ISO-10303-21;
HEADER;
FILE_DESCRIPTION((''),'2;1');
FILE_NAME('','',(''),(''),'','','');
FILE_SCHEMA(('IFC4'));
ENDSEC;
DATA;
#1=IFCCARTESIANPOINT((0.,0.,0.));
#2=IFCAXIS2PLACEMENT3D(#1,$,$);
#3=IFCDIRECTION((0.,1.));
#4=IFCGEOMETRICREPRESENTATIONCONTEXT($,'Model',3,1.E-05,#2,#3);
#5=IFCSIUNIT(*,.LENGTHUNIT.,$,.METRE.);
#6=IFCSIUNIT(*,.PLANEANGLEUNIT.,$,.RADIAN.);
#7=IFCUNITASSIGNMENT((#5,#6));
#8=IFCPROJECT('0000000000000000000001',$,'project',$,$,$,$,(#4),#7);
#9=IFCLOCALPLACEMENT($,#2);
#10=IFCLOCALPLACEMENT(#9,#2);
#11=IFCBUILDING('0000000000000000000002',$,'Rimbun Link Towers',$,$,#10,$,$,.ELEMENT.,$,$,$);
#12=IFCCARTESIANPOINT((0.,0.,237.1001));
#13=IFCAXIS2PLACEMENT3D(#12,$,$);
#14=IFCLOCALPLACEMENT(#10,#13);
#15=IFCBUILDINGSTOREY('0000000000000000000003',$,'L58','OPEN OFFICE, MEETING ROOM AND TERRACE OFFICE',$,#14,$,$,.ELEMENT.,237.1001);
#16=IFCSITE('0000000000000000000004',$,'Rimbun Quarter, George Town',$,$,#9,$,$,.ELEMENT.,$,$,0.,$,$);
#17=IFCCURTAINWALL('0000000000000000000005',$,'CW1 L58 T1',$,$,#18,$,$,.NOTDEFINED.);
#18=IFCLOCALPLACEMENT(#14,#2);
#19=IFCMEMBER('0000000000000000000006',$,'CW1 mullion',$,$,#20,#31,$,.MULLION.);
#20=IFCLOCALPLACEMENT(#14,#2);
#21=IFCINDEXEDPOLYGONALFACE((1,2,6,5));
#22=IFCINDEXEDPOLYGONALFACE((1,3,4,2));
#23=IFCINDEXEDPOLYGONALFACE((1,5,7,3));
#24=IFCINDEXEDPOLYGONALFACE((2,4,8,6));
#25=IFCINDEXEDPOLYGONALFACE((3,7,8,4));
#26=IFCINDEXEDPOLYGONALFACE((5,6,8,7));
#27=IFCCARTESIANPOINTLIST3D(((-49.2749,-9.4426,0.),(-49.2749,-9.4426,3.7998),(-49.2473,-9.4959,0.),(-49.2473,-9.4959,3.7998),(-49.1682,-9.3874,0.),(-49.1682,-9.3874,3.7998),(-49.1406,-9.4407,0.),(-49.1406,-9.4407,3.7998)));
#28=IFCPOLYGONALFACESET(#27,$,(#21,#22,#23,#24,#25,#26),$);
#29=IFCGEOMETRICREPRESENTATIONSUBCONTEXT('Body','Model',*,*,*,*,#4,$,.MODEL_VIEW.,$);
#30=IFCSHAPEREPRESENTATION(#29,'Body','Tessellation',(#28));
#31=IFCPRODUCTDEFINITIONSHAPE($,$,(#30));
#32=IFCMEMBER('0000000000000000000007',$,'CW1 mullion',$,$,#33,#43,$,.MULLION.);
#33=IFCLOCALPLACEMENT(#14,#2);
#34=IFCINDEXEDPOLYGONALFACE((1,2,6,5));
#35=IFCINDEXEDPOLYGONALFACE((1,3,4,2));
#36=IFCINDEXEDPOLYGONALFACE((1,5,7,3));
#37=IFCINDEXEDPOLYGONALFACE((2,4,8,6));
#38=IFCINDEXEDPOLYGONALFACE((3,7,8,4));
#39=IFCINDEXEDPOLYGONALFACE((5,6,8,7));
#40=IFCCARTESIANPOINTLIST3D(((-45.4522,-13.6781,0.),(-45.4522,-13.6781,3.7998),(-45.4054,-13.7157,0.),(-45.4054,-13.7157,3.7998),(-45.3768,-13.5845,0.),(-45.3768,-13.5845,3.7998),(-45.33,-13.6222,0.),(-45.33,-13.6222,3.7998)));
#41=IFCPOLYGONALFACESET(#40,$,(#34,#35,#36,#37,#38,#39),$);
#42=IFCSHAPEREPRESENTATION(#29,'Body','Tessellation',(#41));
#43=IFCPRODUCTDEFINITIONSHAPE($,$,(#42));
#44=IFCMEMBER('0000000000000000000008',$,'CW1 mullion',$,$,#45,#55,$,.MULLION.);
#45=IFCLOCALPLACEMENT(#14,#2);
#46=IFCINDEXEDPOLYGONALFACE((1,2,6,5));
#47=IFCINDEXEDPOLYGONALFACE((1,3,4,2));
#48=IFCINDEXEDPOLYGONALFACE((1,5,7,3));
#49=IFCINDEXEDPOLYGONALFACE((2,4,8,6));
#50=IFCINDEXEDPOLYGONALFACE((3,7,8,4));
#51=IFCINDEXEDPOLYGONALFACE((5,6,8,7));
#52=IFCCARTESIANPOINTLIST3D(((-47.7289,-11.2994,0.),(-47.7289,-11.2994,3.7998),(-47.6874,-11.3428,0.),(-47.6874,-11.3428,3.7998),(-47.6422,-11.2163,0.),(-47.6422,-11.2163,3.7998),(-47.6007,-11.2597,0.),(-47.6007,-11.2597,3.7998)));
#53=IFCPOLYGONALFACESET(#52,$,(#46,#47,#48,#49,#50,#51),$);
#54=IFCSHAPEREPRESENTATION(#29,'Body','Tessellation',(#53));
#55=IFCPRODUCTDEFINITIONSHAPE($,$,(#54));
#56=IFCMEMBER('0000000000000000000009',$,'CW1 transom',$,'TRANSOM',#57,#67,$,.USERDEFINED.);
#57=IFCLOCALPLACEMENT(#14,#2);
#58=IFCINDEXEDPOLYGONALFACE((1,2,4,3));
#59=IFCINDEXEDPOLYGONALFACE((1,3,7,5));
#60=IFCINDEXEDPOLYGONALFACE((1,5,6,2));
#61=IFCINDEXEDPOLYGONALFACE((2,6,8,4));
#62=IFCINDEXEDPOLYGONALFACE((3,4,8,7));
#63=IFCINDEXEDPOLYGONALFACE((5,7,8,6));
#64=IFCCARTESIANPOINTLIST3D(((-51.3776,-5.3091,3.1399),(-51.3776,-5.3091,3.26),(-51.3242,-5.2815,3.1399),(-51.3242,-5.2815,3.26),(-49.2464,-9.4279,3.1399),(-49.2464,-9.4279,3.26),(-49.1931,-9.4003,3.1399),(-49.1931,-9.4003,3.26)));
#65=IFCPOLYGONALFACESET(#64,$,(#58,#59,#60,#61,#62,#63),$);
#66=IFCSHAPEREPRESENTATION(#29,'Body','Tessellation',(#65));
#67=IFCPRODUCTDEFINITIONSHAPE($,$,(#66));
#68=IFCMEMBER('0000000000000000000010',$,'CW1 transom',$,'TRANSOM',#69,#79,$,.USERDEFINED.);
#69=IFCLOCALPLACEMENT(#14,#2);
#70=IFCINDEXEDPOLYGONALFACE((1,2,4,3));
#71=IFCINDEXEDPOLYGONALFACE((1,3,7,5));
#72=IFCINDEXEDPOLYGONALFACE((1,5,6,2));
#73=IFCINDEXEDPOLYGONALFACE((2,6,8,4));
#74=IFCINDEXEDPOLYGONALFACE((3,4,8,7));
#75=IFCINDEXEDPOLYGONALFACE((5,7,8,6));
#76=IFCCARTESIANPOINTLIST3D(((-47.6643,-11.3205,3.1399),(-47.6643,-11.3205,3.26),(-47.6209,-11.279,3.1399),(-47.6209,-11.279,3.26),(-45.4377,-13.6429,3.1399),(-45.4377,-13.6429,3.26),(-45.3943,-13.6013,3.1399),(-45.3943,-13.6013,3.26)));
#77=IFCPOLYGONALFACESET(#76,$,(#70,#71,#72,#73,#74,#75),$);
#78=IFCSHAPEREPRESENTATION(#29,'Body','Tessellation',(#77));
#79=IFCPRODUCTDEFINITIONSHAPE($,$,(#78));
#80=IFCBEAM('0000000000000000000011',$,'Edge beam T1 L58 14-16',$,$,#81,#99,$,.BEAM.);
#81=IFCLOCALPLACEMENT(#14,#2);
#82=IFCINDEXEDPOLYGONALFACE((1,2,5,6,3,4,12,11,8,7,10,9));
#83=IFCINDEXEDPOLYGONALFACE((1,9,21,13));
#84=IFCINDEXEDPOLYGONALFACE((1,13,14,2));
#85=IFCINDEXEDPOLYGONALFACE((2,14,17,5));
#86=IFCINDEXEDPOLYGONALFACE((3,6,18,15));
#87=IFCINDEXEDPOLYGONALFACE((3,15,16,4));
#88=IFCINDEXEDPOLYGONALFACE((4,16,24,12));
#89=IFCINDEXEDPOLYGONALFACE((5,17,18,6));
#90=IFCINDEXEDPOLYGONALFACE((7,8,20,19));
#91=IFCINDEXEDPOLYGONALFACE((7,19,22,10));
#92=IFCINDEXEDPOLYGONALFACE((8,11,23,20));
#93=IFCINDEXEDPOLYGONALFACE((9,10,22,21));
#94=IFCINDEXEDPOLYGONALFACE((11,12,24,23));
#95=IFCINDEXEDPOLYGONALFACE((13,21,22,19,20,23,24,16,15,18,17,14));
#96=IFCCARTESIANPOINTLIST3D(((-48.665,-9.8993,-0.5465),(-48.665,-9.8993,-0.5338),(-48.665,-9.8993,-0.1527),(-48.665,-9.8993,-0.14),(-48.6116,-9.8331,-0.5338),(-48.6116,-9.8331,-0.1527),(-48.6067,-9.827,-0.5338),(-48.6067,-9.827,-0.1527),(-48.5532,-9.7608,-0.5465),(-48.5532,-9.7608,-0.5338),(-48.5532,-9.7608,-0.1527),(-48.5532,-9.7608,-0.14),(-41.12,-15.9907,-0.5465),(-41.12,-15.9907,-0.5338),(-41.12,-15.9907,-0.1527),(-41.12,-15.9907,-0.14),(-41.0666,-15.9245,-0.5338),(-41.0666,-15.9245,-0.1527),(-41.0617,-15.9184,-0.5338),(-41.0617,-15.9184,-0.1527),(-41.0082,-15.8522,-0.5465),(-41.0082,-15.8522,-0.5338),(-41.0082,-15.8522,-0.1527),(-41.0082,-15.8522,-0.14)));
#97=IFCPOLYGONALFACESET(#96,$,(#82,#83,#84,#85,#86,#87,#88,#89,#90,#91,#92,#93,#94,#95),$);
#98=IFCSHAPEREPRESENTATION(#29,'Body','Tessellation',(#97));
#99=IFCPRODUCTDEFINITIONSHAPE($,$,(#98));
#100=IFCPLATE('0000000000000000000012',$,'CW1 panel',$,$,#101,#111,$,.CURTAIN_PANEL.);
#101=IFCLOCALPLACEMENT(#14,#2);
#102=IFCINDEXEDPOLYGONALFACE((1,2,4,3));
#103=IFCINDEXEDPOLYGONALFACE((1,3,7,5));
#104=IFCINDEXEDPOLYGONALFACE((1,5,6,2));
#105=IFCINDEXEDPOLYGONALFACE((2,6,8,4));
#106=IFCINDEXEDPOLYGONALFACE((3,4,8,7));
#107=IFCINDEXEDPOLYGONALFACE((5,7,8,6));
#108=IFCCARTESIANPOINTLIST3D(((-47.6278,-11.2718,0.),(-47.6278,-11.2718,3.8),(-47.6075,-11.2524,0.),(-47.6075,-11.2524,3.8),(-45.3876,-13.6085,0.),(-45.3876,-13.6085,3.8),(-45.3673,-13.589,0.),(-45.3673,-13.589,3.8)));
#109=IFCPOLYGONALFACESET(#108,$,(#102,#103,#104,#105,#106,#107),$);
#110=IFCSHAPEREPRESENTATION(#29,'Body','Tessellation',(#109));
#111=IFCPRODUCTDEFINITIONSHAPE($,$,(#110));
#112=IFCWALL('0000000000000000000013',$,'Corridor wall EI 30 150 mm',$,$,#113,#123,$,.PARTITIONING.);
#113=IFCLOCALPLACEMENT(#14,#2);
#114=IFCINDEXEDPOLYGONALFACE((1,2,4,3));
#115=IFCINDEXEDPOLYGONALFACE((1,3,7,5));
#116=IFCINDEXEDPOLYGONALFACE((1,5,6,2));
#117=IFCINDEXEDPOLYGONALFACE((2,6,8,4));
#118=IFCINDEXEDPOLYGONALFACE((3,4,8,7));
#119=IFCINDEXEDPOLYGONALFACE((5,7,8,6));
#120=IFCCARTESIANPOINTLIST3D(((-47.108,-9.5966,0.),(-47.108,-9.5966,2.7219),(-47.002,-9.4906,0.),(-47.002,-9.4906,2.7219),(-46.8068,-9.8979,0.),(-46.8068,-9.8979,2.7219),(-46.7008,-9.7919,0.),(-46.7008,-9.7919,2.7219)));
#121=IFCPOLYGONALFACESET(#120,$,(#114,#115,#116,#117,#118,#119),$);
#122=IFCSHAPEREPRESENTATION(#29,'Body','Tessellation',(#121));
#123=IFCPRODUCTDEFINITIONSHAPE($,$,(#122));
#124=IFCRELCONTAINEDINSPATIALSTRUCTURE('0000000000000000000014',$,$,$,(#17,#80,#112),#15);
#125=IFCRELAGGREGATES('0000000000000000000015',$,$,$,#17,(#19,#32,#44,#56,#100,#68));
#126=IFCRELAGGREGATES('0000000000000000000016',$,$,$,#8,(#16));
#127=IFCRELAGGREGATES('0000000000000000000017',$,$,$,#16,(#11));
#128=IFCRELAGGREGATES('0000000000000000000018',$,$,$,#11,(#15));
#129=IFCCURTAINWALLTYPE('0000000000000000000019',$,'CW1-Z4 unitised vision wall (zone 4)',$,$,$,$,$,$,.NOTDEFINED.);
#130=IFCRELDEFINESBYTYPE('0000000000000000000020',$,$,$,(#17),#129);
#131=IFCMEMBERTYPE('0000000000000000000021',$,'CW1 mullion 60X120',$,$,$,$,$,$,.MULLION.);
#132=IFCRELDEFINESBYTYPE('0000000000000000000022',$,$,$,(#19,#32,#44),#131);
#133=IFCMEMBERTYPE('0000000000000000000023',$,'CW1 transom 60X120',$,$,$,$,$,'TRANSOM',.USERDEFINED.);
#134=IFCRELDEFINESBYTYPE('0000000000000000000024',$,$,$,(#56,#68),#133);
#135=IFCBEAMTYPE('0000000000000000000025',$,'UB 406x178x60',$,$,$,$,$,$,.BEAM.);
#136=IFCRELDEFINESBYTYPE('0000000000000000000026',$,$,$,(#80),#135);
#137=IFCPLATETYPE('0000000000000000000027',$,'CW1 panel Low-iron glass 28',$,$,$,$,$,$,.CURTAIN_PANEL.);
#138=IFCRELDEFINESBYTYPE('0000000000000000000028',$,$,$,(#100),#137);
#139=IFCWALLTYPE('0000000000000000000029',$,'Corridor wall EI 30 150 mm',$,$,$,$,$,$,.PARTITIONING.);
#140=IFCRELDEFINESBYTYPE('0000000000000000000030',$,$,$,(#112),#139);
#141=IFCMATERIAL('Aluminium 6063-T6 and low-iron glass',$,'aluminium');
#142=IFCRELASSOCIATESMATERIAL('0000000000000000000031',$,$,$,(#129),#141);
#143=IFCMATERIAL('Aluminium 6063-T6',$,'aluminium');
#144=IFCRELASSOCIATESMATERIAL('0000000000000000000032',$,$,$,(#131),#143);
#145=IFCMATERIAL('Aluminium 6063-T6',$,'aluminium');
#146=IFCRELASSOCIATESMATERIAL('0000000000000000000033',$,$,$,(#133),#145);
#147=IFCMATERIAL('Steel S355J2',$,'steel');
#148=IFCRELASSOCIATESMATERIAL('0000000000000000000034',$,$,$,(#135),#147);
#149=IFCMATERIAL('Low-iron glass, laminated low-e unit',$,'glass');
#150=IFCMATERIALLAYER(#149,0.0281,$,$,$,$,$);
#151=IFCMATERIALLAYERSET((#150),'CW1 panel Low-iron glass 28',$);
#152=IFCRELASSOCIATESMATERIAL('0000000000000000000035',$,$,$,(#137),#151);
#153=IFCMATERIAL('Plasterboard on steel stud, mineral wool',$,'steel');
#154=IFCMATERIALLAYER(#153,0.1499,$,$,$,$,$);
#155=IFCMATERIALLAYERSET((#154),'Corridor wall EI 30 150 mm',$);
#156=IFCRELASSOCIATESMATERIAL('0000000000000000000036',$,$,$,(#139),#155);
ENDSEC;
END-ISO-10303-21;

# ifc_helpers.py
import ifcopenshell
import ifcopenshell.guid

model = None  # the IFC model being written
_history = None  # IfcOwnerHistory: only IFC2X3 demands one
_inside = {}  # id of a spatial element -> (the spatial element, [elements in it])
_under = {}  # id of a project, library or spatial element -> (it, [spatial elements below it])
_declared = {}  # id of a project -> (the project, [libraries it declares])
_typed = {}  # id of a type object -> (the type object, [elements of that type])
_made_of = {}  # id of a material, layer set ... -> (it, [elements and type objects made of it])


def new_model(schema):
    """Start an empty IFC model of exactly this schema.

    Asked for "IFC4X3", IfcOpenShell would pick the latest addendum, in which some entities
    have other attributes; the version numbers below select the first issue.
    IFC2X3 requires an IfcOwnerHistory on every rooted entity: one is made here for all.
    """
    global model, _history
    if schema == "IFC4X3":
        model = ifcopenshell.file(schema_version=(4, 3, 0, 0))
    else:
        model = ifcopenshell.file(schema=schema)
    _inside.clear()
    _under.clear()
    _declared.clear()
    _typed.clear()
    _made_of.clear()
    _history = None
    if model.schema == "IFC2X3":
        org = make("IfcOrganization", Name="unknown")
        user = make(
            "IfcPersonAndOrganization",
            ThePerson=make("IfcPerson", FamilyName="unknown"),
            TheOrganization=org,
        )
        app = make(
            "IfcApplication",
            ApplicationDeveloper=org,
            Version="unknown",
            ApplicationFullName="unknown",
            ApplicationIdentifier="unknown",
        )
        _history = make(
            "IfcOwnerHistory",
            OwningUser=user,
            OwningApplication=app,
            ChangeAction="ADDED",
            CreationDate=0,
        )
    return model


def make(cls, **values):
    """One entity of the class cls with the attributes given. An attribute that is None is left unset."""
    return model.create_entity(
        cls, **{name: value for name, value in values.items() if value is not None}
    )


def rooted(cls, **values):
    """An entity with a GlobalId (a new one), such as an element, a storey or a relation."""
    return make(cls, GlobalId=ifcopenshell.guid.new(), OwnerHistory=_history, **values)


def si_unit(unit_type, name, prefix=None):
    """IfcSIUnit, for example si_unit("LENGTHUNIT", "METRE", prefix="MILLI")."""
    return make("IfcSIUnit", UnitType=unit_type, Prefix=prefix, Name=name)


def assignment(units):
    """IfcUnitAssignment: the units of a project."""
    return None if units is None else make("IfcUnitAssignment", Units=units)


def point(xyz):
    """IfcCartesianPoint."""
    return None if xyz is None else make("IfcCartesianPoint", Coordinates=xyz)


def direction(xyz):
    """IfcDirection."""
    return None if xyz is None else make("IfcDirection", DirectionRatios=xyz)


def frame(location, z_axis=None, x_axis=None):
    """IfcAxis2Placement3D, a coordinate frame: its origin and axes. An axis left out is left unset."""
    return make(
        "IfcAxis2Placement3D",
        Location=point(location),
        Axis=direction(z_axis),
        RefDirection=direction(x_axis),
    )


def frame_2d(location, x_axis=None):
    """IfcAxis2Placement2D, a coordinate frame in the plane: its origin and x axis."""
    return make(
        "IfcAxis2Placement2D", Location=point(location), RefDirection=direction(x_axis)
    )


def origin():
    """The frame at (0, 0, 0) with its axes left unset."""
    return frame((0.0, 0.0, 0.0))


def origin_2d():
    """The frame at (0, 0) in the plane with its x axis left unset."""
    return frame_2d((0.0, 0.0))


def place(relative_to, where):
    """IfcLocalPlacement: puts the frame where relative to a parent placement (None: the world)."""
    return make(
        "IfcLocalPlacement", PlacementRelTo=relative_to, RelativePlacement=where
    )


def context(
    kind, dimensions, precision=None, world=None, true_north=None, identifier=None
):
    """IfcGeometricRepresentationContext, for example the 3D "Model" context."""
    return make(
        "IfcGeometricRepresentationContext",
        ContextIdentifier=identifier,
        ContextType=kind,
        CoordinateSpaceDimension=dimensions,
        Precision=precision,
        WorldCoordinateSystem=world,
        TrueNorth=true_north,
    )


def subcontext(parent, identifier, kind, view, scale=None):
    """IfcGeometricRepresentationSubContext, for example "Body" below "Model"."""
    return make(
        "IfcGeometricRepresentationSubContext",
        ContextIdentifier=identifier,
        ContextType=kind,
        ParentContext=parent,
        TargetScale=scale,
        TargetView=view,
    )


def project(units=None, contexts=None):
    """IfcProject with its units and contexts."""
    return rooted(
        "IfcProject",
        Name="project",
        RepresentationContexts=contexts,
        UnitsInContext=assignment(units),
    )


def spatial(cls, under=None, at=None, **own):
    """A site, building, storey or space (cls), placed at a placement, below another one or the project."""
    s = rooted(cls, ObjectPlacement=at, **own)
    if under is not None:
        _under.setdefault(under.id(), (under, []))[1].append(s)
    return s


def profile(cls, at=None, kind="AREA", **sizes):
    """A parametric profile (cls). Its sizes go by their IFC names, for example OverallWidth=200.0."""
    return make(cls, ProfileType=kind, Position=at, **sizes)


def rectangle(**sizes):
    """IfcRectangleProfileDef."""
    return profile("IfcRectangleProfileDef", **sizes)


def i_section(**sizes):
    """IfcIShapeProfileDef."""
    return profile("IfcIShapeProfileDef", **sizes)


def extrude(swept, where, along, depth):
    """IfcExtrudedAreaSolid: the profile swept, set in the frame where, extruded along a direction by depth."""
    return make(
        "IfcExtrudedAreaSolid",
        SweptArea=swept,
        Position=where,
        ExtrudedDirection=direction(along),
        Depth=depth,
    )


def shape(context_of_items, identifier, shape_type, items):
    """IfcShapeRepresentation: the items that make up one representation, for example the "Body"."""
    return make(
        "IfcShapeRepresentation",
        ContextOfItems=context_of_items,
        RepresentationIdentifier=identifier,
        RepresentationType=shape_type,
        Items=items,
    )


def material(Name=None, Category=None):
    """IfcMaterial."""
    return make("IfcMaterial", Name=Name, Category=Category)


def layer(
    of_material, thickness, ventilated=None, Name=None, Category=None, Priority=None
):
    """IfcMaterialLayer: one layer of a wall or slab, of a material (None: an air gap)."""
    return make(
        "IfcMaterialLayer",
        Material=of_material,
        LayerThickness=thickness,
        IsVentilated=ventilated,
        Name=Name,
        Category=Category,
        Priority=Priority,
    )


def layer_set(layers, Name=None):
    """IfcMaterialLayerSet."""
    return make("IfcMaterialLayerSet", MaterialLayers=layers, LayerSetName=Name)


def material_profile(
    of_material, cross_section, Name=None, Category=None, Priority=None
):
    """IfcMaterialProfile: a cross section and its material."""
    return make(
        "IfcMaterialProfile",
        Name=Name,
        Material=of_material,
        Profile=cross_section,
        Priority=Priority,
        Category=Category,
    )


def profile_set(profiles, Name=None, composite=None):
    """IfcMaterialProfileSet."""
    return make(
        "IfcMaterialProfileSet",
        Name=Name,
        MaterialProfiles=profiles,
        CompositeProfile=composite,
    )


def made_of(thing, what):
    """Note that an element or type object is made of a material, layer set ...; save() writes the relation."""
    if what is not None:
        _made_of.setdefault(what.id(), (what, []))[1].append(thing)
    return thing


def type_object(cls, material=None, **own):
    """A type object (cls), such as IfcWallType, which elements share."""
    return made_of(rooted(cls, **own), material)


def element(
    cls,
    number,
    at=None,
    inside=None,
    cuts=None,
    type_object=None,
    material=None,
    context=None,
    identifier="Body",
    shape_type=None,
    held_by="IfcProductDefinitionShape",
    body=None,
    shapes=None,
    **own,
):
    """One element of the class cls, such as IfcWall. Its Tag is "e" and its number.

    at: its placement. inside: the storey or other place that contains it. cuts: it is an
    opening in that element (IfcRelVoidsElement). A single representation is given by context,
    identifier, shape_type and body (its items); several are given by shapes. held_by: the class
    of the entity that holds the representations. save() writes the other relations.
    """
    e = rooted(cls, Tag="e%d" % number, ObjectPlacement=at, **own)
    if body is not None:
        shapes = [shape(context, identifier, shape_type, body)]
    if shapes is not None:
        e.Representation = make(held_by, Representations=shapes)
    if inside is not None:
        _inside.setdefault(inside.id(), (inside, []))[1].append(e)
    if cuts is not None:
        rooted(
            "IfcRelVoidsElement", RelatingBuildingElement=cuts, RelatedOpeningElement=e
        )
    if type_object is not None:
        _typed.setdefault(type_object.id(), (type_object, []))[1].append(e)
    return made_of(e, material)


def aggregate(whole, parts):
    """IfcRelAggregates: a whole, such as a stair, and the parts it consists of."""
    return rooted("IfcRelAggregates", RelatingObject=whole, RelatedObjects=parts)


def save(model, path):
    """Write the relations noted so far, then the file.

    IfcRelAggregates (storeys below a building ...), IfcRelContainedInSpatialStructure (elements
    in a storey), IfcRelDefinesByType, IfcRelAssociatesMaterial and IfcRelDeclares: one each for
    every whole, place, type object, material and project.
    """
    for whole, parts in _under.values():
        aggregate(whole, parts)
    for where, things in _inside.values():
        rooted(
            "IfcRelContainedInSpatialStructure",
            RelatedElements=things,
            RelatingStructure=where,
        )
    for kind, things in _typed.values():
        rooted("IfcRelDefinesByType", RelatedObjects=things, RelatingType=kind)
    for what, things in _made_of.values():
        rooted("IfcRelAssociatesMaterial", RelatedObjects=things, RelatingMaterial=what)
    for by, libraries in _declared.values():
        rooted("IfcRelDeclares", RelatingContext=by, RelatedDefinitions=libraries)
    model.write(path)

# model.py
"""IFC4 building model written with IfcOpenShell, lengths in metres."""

from ifc_helpers import new_model, si_unit, direction, frame, frame_2d, origin, origin_2d, place, context, subcontext, project, spatial, rectangle, i_section, extrude, material, layer, layer_set, material_profile, profile_set, type_object, element, aggregate, save


model = new_model("IFC4")

# Units and contexts
model_context = context("Model", 3, precision=1e-05, world=origin(), true_north=direction((0.0, 1.0)))
body_context = subcontext(model_context, "Body", "Model", "MODEL_VIEW")
ifc_project = project(units=[si_unit("LENGTHUNIT", "METRE"), si_unit("PLANEANGLEUNIT", "RADIAN")], contexts=[model_context])

# Site, building, storey
site_placement = place(None, origin())
site = spatial("IfcSite", under=ifc_project, at=site_placement, Name="Rimbun Quarter, George Town", CompositionType="ELEMENT", RefElevation=0.0)
building_placement = place(site_placement, origin())
building = spatial("IfcBuilding", under=site, at=building_placement, Name="Rimbun Link Towers", CompositionType="ELEMENT")
storey_placement = place(building_placement, frame((0.0, 0.0, 237.1001)))
storey = spatial("IfcBuildingStorey", under=building, at=storey_placement, Name="L58", Description="OPEN OFFICE, MEETING ROOM AND TERRACE OFFICE", CompositionType="ELEMENT", Elevation=237.1001)

# Curtain wall, members
ifc_material_1 = material(Name="Aluminium 6063-T6 and low-iron glass", Category="aluminium")
curtain_wall_type = type_object("IfcCurtainWallType", Name="CW1-Z4 unitised vision wall (zone 4)", PredefinedType="NOTDEFINED", material=ifc_material_1)
curtain_wall_placement = place(storey_placement, origin())
curtain_wall = element("IfcCurtainWall", 1, at=curtain_wall_placement, inside=storey, type_object=curtain_wall_type, Name="CW1 L58 T1", PredefinedType="NOTDEFINED")
ifc_material_2 = material(Name="Aluminium 6063-T6", Category="aluminium")
ifc_material_profile_1 = material_profile(ifc_material_2, rectangle(XDim=0.1201, YDim=0.0601, at=origin_2d()), Name="MULLION 60X120")
ifc_profile_set_1 = profile_set([ifc_material_profile_1], Name="Aluminium 6063-T6")
member_type_1 = type_object("IfcMemberType", Name="CW1 mullion 60X120", PredefinedType="MULLION", material=ifc_profile_set_1)
member_1_placement = place(storey_placement, frame((-49.2078, -9.4417, 0.0), z_axis=(0.0, 0.0, 1.0), x_axis=(-0.888152, -0.45955, 0.0)))
member_1 = element("IfcMember", 2, at=member_1_placement, type_object=member_type_1, Name="CW1 mullion", PredefinedType="MULLION", context=body_context, shape_type="SweptSolid", body=[
    extrude(rectangle(XDim=0.1201, YDim=0.0601, at=origin_2d()), origin(), (0.0, 0.0, 1.0), 3.7998),
])
member_2_placement = place(storey_placement, frame((-45.3911, -13.6501, 0.0), z_axis=(0.0, 0.0, 1.0), x_axis=(-0.627668, -0.778481, 0.0)))
member_2 = element("IfcMember", 3, at=member_2_placement, type_object=member_type_1, Name="CW1 mullion", PredefinedType="MULLION", context=body_context, shape_type="SweptSolid", body=[
    extrude(rectangle(XDim=0.1201, YDim=0.0601, at=origin_2d()), origin(), (0.0, 0.0, 1.0), 3.7998),
])
member_3_placement = place(storey_placement, frame((-47.6648, -11.2795, 0.0), z_axis=(0.0, 0.0, 1.0), x_axis=(-0.721842, -0.692058, 0.0)))
member_3 = element("IfcMember", 4, at=member_3_placement, type_object=member_type_1, Name="CW1 mullion", PredefinedType="MULLION", context=body_context, shape_type="SweptSolid", body=[
    extrude(rectangle(XDim=0.1201, YDim=0.0601, at=origin_2d()), origin(), (0.0, 0.0, 1.0), 3.7998),
])
ifc_material_3 = material(Name="Aluminium 6063-T6", Category="aluminium")
ifc_material_profile_2 = material_profile(ifc_material_3, rectangle(XDim=0.0601, YDim=0.1201, at=origin_2d()), Name="TRANSOM 60X120")
ifc_profile_set_2 = profile_set([ifc_material_profile_2], Name="Aluminium 6063-T6")
member_type_2 = type_object("IfcMemberType", Name="CW1 transom 60X120", ElementType="TRANSOM", PredefinedType="USERDEFINED", material=ifc_profile_set_2)
member_4_placement = place(storey_placement, frame((-49.2197, -9.4141, 3.2), z_axis=(-0.459553, 0.88815, 0.0), x_axis=(-0.88815, -0.459553, 0.0)))
member_4 = element("IfcMember", 5, at=member_4_placement, type_object=member_type_2, Name="CW1 transom", ObjectType="TRANSOM", PredefinedType="USERDEFINED", context=body_context, shape_type="SweptSolid", body=[
    extrude(rectangle(XDim=0.0601, YDim=0.1201, at=origin_2d()), origin(), (0.0, 0.0, 1.0), 4.6375),
])
member_5_placement = place(storey_placement, frame((-45.416, -13.6221, 3.2), z_axis=(-0.692077, 0.721824, 0.0), x_axis=(-0.721824, -0.692077, 0.0)))
member_5 = element("IfcMember", 6, at=member_5_placement, type_object=member_type_2, Name="CW1 transom", ObjectType="TRANSOM", PredefinedType="USERDEFINED", context=body_context, shape_type="SweptSolid", body=[
    extrude(rectangle(XDim=0.0601, YDim=0.1201, at=origin_2d()), origin(), (0.0, 0.0, 1.0), 3.2173),
])

# Beam
ifc_material_4 = material(Name="Steel S355J2", Category="steel")
ifc_material_profile_3 = material_profile(ifc_material_4, i_section(OverallWidth=0.178, OverallDepth=0.4065, WebThickness=0.0078, FlangeThickness=0.0127, at=origin_2d()), Name="UB 406x178x60")
ifc_profile_set_3 = profile_set([ifc_material_profile_3], Name="Steel S355J2")
beam_type = type_object("IfcBeamType", Name="UB 406x178x60", PredefinedType="BEAM", material=ifc_profile_set_3)
beam_placement = place(storey_placement, frame((-48.6091, -9.8301, -0.3433), z_axis=(0.778076, -0.628171, 0.0), x_axis=(0.628171, 0.778076, 0.0)))
element("IfcBeam", 7, at=beam_placement, inside=storey, type_object=beam_type, Name="Edge beam T1 L58 14-16", PredefinedType="BEAM", context=body_context, shape_type="SweptSolid", body=[
    extrude(i_section(OverallWidth=0.178, OverallDepth=0.4065, WebThickness=0.0078, FlangeThickness=0.0127, at=origin_2d()), origin(), (0.0, 0.0, 1.0), 9.697),
])

# Plate
ifc_material_5 = material(Name="Low-iron glass, laminated low-e unit", Category="glass")
ifc_layer_1 = layer(ifc_material_5, 0.0281)
ifc_layer_set_1 = layer_set([ifc_layer_1], Name="CW1 panel Low-iron glass 28")
plate_type = type_object("IfcPlateType", Name="CW1 panel Low-iron glass 28", PredefinedType="CURTAIN_PANEL", material=ifc_layer_set_1)
plate_placement = place(storey_placement, frame((-46.4976, -12.4304, 0.0), z_axis=(0.0, 0.0, 1.0), x_axis=(-0.692058, 0.721842, 0.0)))
plate = element("IfcPlate", 8, at=plate_placement, type_object=plate_type, Name="CW1 panel", PredefinedType="CURTAIN_PANEL", context=body_context, shape_type="SweptSolid", body=[
    extrude(rectangle(XDim=3.2371, YDim=0.0281, at=origin_2d()), origin(), (0.0, 0.0, 1.0), 3.8),
])
aggregate(curtain_wall, [member_1, member_2, member_3, member_4, plate, member_5])

# Wall
ifc_material_6 = material(Name="Plasterboard on steel stud, mineral wool", Category="steel")
ifc_layer_2 = layer(ifc_material_6, 0.1499)
ifc_layer_set_2 = layer_set([ifc_layer_2], Name="Corridor wall EI 30 150 mm")
wall_type_1 = type_object("IfcWallType", Name="Corridor wall EI 30 150 mm", PredefinedType="PARTITIONING", material=ifc_layer_set_2)
wall_1_placement = place(storey_placement, frame((-47.0549, -9.5437, 0.0), z_axis=(0.0, 0.0, 1.0), x_axis=(0.707107, -0.707107, 0.0)))
element("IfcWall", 9, at=wall_1_placement, inside=storey, type_object=wall_type_1, Name="Corridor wall EI 30 150 mm", PredefinedType="PARTITIONING", context=body_context, shape_type="SweptSolid", body=[
    extrude(rectangle(XDim=0.426, YDim=0.1499, at=frame_2d((0.2129, 0.0))), origin(), (0.0, 0.0, 1.0), 2.7219),
])

save(model, "model.ifc")
